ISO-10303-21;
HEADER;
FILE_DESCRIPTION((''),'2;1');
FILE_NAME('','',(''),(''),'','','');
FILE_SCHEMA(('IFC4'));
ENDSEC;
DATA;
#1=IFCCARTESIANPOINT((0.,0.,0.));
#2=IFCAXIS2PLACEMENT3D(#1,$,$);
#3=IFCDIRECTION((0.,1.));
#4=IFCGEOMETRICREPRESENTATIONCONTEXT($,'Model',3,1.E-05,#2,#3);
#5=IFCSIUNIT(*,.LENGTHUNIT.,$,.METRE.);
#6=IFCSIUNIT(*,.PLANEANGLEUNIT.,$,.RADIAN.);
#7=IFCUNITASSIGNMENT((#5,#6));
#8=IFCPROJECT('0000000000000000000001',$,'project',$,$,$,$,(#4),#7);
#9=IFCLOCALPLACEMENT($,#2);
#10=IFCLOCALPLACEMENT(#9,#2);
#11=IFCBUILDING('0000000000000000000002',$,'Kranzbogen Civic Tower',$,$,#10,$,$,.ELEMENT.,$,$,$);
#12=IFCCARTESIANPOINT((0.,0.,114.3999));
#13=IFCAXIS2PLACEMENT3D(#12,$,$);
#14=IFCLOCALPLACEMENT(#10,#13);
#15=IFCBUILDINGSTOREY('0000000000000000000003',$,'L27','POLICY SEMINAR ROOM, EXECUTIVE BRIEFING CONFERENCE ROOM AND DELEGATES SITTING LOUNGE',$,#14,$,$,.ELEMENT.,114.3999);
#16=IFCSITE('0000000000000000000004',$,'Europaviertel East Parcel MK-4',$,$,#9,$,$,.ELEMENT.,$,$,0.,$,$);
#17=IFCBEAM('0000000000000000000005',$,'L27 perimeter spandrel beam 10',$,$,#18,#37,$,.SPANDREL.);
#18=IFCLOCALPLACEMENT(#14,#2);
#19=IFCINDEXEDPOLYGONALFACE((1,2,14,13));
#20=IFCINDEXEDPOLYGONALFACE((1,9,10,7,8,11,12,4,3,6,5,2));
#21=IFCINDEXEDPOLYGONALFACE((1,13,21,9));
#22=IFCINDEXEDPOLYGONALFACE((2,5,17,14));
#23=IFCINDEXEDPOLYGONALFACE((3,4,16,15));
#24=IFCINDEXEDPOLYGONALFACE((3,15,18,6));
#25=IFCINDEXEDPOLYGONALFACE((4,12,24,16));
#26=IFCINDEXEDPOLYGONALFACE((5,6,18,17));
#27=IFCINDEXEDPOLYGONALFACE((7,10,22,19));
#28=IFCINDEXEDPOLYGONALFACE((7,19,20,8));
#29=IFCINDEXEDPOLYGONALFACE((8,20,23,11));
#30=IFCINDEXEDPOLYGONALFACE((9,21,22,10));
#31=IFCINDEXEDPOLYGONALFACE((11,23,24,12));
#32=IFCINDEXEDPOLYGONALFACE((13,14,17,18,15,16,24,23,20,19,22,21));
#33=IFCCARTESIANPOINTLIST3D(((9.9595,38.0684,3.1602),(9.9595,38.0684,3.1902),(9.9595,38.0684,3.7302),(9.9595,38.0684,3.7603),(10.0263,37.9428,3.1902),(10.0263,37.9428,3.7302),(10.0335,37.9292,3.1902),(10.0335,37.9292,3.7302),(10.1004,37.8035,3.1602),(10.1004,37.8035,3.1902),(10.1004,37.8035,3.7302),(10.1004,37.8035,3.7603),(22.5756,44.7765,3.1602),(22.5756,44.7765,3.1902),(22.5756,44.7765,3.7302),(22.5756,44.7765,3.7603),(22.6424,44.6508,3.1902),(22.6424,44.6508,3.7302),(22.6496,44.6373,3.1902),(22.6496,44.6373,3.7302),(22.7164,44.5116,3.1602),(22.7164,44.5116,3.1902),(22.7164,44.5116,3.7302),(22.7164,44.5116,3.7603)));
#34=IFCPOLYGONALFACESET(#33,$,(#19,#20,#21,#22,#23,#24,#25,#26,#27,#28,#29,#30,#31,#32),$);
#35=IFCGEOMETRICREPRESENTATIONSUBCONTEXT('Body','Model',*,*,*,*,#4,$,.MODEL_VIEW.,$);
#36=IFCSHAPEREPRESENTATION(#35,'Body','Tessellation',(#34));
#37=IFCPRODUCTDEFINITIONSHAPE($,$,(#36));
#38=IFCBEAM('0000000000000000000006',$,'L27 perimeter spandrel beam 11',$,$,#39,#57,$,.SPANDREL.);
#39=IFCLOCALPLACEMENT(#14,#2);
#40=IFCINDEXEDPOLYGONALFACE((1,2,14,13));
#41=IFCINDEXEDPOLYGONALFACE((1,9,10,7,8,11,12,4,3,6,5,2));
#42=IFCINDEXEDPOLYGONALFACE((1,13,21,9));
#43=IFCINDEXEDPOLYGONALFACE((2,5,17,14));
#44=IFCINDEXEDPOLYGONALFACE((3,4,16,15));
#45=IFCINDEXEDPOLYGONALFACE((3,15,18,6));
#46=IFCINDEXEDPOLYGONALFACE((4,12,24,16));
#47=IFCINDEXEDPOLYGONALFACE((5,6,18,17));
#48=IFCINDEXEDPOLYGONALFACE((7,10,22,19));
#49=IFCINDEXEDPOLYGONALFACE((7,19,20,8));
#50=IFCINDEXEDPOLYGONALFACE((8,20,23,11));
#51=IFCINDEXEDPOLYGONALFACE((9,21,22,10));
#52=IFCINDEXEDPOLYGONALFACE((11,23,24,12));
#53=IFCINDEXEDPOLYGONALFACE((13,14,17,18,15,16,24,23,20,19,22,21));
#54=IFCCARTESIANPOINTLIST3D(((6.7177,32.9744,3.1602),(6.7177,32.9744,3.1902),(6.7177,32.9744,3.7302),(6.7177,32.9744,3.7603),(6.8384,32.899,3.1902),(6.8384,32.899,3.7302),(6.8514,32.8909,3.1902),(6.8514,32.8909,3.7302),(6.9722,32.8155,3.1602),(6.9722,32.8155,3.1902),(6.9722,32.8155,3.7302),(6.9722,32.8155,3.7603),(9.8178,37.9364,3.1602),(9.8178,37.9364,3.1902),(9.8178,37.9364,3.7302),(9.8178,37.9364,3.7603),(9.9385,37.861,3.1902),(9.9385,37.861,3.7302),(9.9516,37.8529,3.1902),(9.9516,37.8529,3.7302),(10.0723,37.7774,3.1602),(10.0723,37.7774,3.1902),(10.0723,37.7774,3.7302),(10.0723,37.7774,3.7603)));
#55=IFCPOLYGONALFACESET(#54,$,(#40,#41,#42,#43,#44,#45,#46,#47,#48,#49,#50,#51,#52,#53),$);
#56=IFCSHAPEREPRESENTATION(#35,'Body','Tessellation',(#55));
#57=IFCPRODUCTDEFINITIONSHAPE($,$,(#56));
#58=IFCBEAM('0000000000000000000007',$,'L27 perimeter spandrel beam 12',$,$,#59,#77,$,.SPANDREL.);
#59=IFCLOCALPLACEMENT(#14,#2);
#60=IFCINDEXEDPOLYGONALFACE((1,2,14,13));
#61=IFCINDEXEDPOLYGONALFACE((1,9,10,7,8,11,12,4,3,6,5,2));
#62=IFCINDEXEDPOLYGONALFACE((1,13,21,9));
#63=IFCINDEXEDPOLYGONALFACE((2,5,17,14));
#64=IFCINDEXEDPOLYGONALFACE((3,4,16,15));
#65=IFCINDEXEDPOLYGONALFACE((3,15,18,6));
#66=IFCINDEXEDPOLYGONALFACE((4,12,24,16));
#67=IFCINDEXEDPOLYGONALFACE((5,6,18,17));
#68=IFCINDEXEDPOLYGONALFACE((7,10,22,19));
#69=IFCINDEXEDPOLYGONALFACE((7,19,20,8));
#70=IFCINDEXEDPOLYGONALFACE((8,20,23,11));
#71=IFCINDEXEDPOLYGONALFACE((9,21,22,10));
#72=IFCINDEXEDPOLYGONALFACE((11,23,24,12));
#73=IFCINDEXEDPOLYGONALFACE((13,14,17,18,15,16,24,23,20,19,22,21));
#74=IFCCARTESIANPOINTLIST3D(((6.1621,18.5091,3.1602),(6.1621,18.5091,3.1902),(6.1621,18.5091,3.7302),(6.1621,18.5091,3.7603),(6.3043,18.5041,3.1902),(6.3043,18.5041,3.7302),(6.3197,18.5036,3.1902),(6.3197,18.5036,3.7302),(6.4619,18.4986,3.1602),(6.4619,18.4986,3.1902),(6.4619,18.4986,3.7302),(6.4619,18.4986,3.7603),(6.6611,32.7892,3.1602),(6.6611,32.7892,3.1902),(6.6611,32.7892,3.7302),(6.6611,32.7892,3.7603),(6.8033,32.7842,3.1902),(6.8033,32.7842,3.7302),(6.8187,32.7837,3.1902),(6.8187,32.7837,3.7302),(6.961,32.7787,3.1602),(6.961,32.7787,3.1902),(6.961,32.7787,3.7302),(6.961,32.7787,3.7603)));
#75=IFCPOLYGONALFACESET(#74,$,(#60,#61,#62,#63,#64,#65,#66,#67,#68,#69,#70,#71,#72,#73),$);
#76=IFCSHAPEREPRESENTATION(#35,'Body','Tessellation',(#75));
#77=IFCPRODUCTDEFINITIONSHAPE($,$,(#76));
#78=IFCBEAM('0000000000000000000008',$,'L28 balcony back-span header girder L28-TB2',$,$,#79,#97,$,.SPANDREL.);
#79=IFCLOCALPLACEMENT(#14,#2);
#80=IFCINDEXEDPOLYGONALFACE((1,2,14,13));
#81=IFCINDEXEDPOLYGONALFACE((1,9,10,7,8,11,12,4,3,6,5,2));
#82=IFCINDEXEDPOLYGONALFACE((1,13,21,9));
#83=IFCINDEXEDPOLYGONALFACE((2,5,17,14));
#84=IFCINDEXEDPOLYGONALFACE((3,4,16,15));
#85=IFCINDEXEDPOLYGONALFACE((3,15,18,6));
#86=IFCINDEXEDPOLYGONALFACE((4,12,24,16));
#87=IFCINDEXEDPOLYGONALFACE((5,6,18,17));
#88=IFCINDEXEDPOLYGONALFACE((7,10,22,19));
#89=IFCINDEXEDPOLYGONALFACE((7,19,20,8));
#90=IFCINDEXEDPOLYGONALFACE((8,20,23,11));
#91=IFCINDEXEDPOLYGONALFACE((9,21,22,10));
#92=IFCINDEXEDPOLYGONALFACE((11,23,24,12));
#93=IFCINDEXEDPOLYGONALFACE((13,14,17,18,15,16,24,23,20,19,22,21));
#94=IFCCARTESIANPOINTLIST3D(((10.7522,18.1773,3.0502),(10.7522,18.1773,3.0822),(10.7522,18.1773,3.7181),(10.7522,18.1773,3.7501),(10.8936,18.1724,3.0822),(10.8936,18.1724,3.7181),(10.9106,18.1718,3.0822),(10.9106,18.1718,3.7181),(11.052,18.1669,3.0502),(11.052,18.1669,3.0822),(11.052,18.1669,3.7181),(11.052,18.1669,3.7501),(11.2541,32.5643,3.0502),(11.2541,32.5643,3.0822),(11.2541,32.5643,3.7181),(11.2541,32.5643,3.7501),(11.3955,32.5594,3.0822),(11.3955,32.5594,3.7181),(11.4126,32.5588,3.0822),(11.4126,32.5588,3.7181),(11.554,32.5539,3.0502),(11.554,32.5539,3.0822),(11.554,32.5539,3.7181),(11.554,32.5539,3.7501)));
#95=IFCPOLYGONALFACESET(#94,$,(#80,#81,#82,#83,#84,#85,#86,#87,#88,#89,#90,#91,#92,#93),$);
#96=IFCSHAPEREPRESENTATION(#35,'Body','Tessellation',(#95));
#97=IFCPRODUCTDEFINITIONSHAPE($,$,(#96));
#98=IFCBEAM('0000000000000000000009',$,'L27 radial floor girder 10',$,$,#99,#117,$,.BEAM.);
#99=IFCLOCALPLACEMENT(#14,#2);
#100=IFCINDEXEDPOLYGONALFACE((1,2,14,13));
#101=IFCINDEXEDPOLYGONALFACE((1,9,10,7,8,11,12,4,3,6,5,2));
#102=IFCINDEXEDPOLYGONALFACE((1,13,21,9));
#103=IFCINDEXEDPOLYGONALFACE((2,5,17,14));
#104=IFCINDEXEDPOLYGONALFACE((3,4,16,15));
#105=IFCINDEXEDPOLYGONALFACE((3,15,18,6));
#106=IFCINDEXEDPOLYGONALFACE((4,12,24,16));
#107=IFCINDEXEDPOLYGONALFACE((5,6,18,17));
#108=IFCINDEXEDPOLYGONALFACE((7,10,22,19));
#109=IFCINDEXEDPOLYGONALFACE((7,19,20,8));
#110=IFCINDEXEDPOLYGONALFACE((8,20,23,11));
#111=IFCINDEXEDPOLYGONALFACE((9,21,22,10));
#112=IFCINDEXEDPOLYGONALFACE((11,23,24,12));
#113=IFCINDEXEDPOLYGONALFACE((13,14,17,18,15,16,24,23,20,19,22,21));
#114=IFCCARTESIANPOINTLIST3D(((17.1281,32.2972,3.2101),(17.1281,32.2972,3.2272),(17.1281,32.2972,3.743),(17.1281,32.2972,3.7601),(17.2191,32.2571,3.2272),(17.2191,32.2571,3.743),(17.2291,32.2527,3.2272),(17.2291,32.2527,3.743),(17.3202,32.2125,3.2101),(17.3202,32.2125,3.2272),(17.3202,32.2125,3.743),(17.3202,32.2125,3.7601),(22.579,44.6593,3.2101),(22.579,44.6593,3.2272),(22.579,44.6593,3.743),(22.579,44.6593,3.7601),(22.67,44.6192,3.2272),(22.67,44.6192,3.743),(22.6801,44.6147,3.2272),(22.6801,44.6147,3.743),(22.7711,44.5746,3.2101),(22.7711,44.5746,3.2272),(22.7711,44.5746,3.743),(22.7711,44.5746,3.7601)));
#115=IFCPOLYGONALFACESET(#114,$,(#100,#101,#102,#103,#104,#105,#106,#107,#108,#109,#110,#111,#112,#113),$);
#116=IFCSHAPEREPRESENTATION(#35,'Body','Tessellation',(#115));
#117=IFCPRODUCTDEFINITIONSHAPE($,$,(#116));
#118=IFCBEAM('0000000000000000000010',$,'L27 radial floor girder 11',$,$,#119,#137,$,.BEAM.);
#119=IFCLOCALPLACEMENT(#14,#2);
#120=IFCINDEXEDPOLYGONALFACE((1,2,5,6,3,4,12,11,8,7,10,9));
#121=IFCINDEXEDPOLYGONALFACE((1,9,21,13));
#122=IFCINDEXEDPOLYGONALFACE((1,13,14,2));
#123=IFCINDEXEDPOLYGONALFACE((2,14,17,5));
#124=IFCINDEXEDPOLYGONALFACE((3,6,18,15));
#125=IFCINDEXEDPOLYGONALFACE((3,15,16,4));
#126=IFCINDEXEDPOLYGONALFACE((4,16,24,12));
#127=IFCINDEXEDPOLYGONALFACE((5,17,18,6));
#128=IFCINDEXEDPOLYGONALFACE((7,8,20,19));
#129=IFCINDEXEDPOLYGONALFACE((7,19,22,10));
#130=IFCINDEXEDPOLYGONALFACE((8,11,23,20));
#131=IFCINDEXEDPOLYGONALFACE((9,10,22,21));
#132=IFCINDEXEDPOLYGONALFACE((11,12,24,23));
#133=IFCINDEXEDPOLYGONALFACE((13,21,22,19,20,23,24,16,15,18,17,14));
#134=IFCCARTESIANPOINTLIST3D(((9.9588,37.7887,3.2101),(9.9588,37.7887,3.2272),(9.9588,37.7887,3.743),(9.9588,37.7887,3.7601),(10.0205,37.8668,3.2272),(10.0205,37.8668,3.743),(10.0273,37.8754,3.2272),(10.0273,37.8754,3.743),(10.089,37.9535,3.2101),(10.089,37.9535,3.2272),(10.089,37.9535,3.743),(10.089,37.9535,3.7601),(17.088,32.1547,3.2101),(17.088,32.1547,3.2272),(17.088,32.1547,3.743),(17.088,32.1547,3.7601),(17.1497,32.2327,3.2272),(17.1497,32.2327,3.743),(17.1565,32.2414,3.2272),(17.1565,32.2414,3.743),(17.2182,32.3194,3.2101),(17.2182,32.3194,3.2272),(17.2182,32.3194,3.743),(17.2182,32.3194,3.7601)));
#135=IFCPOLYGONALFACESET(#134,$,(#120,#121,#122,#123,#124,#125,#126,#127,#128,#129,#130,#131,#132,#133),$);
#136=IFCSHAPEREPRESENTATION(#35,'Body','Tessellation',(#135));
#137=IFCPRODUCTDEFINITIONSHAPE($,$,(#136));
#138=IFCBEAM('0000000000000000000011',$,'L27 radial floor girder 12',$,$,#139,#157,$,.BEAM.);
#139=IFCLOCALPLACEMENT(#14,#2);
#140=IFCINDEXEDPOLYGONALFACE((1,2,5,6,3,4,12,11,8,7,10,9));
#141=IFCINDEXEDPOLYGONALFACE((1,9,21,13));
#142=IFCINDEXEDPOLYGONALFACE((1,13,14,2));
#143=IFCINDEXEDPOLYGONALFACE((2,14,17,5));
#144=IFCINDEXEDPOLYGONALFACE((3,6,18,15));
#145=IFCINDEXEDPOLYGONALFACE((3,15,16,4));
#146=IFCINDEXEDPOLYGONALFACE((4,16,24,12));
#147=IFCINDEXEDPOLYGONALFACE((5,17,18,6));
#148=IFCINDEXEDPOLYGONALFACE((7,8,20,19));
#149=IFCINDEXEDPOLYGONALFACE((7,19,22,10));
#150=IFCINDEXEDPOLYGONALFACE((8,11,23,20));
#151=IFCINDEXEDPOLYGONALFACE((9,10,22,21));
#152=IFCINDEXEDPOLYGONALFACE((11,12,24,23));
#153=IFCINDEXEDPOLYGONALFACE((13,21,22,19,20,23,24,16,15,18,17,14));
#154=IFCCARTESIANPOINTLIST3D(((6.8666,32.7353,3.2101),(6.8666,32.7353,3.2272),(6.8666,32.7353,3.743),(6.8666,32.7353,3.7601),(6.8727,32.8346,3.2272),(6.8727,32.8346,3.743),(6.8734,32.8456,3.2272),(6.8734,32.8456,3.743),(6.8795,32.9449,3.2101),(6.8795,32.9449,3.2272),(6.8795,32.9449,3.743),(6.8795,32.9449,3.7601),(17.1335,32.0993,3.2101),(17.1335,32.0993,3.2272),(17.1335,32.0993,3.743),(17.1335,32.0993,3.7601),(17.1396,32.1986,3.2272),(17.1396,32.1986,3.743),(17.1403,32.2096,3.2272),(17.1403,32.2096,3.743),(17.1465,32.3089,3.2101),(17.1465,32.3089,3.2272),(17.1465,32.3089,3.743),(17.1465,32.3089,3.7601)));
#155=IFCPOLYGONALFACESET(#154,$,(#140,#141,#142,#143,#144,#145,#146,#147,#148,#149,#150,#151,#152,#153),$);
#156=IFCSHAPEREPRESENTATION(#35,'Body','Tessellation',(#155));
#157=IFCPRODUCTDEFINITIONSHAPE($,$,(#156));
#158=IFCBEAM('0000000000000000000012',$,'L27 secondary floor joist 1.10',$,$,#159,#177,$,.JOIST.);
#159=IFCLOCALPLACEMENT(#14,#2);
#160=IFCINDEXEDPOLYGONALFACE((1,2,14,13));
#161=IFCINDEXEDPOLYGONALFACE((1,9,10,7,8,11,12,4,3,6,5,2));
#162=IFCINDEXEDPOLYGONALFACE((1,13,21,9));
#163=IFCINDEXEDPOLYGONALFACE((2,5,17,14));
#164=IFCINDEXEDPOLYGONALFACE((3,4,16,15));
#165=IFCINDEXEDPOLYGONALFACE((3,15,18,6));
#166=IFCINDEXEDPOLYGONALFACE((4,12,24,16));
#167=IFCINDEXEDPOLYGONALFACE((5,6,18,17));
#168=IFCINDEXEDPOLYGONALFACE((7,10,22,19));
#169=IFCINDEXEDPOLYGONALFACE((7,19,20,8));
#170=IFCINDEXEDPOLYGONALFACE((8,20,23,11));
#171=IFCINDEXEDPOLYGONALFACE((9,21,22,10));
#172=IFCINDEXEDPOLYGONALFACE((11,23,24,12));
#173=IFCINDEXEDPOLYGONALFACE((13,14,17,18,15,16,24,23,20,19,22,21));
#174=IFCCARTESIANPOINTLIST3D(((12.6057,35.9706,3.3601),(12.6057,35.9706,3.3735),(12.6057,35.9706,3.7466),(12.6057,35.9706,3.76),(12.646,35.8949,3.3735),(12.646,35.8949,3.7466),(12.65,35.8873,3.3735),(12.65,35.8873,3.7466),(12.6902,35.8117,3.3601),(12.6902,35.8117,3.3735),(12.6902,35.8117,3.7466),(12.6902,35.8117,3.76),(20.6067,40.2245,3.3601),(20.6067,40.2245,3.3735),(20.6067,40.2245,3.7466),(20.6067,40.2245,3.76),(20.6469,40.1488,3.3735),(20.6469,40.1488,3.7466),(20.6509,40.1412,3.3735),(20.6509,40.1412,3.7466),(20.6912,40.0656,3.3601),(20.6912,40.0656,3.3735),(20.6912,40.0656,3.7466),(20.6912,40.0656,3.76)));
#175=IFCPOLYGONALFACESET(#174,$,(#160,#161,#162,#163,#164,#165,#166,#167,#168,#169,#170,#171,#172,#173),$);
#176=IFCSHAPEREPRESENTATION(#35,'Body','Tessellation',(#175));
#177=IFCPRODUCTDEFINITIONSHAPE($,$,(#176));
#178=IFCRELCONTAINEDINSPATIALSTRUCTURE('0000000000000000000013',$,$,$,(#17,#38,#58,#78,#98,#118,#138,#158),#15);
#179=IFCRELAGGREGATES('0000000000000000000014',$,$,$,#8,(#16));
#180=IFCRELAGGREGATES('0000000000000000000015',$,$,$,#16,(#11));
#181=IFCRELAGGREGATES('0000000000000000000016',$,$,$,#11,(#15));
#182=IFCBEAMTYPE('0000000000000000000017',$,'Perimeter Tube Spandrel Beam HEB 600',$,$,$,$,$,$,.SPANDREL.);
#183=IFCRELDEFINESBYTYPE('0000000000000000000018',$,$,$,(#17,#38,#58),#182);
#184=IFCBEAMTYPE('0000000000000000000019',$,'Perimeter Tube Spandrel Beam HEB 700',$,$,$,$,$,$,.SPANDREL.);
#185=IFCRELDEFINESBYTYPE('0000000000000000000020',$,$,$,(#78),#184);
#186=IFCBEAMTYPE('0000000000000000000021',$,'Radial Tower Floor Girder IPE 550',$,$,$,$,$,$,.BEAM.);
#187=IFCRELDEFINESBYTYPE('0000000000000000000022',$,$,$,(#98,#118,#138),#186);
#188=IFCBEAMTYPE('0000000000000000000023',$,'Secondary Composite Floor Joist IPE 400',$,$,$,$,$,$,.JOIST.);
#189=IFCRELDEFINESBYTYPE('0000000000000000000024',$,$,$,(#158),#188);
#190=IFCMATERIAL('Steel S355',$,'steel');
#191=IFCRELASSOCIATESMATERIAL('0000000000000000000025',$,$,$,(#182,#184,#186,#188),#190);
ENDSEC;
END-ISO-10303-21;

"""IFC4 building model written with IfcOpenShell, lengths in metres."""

from ifc_helpers import new_model, si_unit, direction, frame, origin, origin_2d, place, context, subcontext, project, spatial, i_section, extrude, material, material_profile, profile_set, type_object, element, save


model = new_model("IFC4")

# Units and contexts
model_context = context("Model", 3, precision=1e-05, world=origin(), true_north=direction((0.0, 1.0)))
body_context = subcontext(model_context, "Body", "Model", "MODEL_VIEW")
ifc_project = project(units=[si_unit("LENGTHUNIT", "METRE"), si_unit("PLANEANGLEUNIT", "RADIAN")], contexts=[model_context])

# Site, building, storey
site_placement = place(None, origin())
site = spatial("IfcSite", under=ifc_project, at=site_placement, Name="Europaviertel East Parcel MK-4", CompositionType="ELEMENT", RefElevation=0.0)
building_placement = place(site_placement, origin())
building = spatial("IfcBuilding", under=site, at=building_placement, Name="Kranzbogen Civic Tower", CompositionType="ELEMENT")
storey_placement = place(building_placement, frame((0.0, 0.0, 114.3999)))
storey = spatial("IfcBuildingStorey", under=building, at=storey_placement, Name="L27", Description="POLICY SEMINAR ROOM, EXECUTIVE BRIEFING CONFERENCE ROOM AND DELEGATES SITTING LOUNGE", CompositionType="ELEMENT", Elevation=114.3999)

# Beams
ifc_material_1 = material(Name="Steel S355", Category="steel")
ifc_material_profile_1 = material_profile(ifc_material_1, i_section(OverallWidth=0.3, OverallDepth=0.6001, WebThickness=0.0154, FlangeThickness=0.03, at=origin_2d()), Name="HEB 600")
ifc_profile_set_1 = profile_set([ifc_material_profile_1], Name="Steel S355")
beam_type_1 = type_object("IfcBeamType", Name="Perimeter Tube Spandrel Beam HEB 600", PredefinedType="SPANDREL", material=ifc_profile_set_1)
beam_1_placement = place(storey_placement, frame((22.646, 44.644, 3.4602), z_axis=(-0.882948, -0.46947, 0.0), x_axis=(0.46947, -0.882948, 0.0)))
element("IfcBeam", 1, at=beam_1_placement, inside=storey, type_object=beam_type_1, Name="L27 perimeter spandrel beam 10", PredefinedType="SPANDREL", context=body_context, shape_type="SweptSolid", body=[
    extrude(i_section(OverallWidth=0.3, OverallDepth=0.6001, WebThickness=0.0154, FlangeThickness=0.03, at=origin_2d()), origin(), (0.0, 0.0, 1.0), 14.2886),
])
beam_2_placement = place(storey_placement, frame((9.9451, 37.8569, 3.4602), z_axis=(-0.529864, -0.848083, 0.0), x_axis=(0.848083, -0.529864, 0.0)))
element("IfcBeam", 2, at=beam_2_placement, inside=storey, type_object=beam_type_1, Name="L27 perimeter spandrel beam 11", PredefinedType="SPANDREL", context=body_context, shape_type="SweptSolid", body=[
    extrude(i_section(OverallWidth=0.3, OverallDepth=0.6001, WebThickness=0.0154, FlangeThickness=0.03, at=origin_2d()), origin(), (0.0, 0.0, 1.0), 5.8508),
])
beam_3_placement = place(storey_placement, frame((6.811, 32.7839, 3.4602), z_axis=(-0.034924, -0.99939, 0.0), x_axis=(0.99939, -0.034924, 0.0)))
element("IfcBeam", 3, at=beam_3_placement, inside=storey, type_object=beam_type_1, Name="L27 perimeter spandrel beam 12", PredefinedType="SPANDREL", context=body_context, shape_type="SweptSolid", body=[
    extrude(i_section(OverallWidth=0.3, OverallDepth=0.6001, WebThickness=0.0154, FlangeThickness=0.03, at=origin_2d()), origin(), (0.0, 0.0, 1.0), 14.2888),
])
ifc_material_profile_2 = material_profile(ifc_material_1, i_section(OverallWidth=0.3, OverallDepth=0.7, WebThickness=0.0171, FlangeThickness=0.032, at=origin_2d()), Name="HEB 700")
ifc_profile_set_2 = profile_set([ifc_material_profile_2], Name="Steel S355")
beam_type_2 = type_object("IfcBeamType", Name="Perimeter Tube Spandrel Beam HEB 700", PredefinedType="SPANDREL", material=ifc_profile_set_2)
beam_4_placement = place(storey_placement, frame((11.4041, 32.5591, 3.4001), z_axis=(-0.034868, -0.999392, 0.0), x_axis=(0.999392, -0.034868, 0.0)))
element("IfcBeam", 4, at=beam_4_placement, inside=storey, type_object=beam_type_2, Name="L28 balcony back-span header girder L28-TB2", PredefinedType="SPANDREL", context=body_context, shape_type="SweptSolid", body=[
    extrude(i_section(OverallWidth=0.3, OverallDepth=0.7, WebThickness=0.0171, FlangeThickness=0.032, at=origin_2d()), origin(), (0.0, 0.0, 1.0), 14.3958),
])
ifc_material_profile_3 = material_profile(ifc_material_1, i_section(OverallWidth=0.21, OverallDepth=0.55, WebThickness=0.011, FlangeThickness=0.0171, at=origin_2d()), Name="IPE 550")
ifc_profile_set_3 = profile_set([ifc_material_profile_3], Name="Steel S355")
beam_type_3 = type_object("IfcBeamType", Name="Radial Tower Floor Girder IPE 550", PredefinedType="BEAM", material=ifc_profile_set_3)
beam_5_placement = place(storey_placement, frame((22.675, 44.6169, 3.4851), z_axis=(-0.403459, -0.914998, 0.0), x_axis=(0.914998, -0.403459, 0.0)))
element("IfcBeam", 5, at=beam_5_placement, inside=storey, type_object=beam_type_3, Name="L27 radial floor girder 10", PredefinedType="BEAM", context=body_context, shape_type="SweptSolid", body=[
    extrude(i_section(OverallWidth=0.21, OverallDepth=0.55, WebThickness=0.011, FlangeThickness=0.0171, at=origin_2d()), origin(), (0.0, 0.0, 1.0), 13.5105),
])
beam_6_placement = place(storey_placement, frame((10.0239, 37.8711, 3.4851), z_axis=(0.784575, -0.620034, 0.0), x_axis=(0.620034, 0.784575, 0.0)))
element("IfcBeam", 6, at=beam_6_placement, inside=storey, type_object=beam_type_3, Name="L27 radial floor girder 11", PredefinedType="BEAM", context=body_context, shape_type="SweptSolid", body=[
    extrude(i_section(OverallWidth=0.21, OverallDepth=0.55, WebThickness=0.011, FlangeThickness=0.0171, at=origin_2d()), origin(), (0.0, 0.0, 1.0), 9.0867),
])
beam_7_placement = place(storey_placement, frame((6.873, 32.8401, 3.4851), z_axis=(0.998087, -0.061827, 0.0), x_axis=(0.061827, 0.998087, 0.0)))
element("IfcBeam", 7, at=beam_7_placement, inside=storey, type_object=beam_type_3, Name="L27 radial floor girder 12", PredefinedType="BEAM", context=body_context, shape_type="SweptSolid", body=[
    extrude(i_section(OverallWidth=0.21, OverallDepth=0.55, WebThickness=0.011, FlangeThickness=0.0171, at=origin_2d()), origin(), (0.0, 0.0, 1.0), 10.2866),
])
ifc_material_profile_4 = material_profile(ifc_material_1, i_section(OverallWidth=0.1799, OverallDepth=0.3999, WebThickness=0.0085, FlangeThickness=0.0134, at=origin_2d()), Name="IPE 400")
ifc_profile_set_4 = profile_set([ifc_material_profile_4], Name="Steel S355")
beam_type_4 = type_object("IfcBeamType", Name="Secondary Composite Floor Joist IPE 400", PredefinedType="JOIST", material=ifc_profile_set_4)
beam_8_placement = place(storey_placement, frame((20.6489, 40.145, 3.5601), z_axis=(-0.882961, -0.469447, 0.0), x_axis=(0.469447, -0.882961, 0.0)))
element("IfcBeam", 8, at=beam_8_placement, inside=storey, type_object=beam_type_4, Name="L27 secondary floor joist 1.10", PredefinedType="JOIST", context=body_context, shape_type="SweptSolid", body=[
    extrude(i_section(OverallWidth=0.1799, OverallDepth=0.3999, WebThickness=0.0085, FlangeThickness=0.0134, at=origin_2d()), origin(), (0.0, 0.0, 1.0), 9.0615),
])

save(model, "model.ifc")
